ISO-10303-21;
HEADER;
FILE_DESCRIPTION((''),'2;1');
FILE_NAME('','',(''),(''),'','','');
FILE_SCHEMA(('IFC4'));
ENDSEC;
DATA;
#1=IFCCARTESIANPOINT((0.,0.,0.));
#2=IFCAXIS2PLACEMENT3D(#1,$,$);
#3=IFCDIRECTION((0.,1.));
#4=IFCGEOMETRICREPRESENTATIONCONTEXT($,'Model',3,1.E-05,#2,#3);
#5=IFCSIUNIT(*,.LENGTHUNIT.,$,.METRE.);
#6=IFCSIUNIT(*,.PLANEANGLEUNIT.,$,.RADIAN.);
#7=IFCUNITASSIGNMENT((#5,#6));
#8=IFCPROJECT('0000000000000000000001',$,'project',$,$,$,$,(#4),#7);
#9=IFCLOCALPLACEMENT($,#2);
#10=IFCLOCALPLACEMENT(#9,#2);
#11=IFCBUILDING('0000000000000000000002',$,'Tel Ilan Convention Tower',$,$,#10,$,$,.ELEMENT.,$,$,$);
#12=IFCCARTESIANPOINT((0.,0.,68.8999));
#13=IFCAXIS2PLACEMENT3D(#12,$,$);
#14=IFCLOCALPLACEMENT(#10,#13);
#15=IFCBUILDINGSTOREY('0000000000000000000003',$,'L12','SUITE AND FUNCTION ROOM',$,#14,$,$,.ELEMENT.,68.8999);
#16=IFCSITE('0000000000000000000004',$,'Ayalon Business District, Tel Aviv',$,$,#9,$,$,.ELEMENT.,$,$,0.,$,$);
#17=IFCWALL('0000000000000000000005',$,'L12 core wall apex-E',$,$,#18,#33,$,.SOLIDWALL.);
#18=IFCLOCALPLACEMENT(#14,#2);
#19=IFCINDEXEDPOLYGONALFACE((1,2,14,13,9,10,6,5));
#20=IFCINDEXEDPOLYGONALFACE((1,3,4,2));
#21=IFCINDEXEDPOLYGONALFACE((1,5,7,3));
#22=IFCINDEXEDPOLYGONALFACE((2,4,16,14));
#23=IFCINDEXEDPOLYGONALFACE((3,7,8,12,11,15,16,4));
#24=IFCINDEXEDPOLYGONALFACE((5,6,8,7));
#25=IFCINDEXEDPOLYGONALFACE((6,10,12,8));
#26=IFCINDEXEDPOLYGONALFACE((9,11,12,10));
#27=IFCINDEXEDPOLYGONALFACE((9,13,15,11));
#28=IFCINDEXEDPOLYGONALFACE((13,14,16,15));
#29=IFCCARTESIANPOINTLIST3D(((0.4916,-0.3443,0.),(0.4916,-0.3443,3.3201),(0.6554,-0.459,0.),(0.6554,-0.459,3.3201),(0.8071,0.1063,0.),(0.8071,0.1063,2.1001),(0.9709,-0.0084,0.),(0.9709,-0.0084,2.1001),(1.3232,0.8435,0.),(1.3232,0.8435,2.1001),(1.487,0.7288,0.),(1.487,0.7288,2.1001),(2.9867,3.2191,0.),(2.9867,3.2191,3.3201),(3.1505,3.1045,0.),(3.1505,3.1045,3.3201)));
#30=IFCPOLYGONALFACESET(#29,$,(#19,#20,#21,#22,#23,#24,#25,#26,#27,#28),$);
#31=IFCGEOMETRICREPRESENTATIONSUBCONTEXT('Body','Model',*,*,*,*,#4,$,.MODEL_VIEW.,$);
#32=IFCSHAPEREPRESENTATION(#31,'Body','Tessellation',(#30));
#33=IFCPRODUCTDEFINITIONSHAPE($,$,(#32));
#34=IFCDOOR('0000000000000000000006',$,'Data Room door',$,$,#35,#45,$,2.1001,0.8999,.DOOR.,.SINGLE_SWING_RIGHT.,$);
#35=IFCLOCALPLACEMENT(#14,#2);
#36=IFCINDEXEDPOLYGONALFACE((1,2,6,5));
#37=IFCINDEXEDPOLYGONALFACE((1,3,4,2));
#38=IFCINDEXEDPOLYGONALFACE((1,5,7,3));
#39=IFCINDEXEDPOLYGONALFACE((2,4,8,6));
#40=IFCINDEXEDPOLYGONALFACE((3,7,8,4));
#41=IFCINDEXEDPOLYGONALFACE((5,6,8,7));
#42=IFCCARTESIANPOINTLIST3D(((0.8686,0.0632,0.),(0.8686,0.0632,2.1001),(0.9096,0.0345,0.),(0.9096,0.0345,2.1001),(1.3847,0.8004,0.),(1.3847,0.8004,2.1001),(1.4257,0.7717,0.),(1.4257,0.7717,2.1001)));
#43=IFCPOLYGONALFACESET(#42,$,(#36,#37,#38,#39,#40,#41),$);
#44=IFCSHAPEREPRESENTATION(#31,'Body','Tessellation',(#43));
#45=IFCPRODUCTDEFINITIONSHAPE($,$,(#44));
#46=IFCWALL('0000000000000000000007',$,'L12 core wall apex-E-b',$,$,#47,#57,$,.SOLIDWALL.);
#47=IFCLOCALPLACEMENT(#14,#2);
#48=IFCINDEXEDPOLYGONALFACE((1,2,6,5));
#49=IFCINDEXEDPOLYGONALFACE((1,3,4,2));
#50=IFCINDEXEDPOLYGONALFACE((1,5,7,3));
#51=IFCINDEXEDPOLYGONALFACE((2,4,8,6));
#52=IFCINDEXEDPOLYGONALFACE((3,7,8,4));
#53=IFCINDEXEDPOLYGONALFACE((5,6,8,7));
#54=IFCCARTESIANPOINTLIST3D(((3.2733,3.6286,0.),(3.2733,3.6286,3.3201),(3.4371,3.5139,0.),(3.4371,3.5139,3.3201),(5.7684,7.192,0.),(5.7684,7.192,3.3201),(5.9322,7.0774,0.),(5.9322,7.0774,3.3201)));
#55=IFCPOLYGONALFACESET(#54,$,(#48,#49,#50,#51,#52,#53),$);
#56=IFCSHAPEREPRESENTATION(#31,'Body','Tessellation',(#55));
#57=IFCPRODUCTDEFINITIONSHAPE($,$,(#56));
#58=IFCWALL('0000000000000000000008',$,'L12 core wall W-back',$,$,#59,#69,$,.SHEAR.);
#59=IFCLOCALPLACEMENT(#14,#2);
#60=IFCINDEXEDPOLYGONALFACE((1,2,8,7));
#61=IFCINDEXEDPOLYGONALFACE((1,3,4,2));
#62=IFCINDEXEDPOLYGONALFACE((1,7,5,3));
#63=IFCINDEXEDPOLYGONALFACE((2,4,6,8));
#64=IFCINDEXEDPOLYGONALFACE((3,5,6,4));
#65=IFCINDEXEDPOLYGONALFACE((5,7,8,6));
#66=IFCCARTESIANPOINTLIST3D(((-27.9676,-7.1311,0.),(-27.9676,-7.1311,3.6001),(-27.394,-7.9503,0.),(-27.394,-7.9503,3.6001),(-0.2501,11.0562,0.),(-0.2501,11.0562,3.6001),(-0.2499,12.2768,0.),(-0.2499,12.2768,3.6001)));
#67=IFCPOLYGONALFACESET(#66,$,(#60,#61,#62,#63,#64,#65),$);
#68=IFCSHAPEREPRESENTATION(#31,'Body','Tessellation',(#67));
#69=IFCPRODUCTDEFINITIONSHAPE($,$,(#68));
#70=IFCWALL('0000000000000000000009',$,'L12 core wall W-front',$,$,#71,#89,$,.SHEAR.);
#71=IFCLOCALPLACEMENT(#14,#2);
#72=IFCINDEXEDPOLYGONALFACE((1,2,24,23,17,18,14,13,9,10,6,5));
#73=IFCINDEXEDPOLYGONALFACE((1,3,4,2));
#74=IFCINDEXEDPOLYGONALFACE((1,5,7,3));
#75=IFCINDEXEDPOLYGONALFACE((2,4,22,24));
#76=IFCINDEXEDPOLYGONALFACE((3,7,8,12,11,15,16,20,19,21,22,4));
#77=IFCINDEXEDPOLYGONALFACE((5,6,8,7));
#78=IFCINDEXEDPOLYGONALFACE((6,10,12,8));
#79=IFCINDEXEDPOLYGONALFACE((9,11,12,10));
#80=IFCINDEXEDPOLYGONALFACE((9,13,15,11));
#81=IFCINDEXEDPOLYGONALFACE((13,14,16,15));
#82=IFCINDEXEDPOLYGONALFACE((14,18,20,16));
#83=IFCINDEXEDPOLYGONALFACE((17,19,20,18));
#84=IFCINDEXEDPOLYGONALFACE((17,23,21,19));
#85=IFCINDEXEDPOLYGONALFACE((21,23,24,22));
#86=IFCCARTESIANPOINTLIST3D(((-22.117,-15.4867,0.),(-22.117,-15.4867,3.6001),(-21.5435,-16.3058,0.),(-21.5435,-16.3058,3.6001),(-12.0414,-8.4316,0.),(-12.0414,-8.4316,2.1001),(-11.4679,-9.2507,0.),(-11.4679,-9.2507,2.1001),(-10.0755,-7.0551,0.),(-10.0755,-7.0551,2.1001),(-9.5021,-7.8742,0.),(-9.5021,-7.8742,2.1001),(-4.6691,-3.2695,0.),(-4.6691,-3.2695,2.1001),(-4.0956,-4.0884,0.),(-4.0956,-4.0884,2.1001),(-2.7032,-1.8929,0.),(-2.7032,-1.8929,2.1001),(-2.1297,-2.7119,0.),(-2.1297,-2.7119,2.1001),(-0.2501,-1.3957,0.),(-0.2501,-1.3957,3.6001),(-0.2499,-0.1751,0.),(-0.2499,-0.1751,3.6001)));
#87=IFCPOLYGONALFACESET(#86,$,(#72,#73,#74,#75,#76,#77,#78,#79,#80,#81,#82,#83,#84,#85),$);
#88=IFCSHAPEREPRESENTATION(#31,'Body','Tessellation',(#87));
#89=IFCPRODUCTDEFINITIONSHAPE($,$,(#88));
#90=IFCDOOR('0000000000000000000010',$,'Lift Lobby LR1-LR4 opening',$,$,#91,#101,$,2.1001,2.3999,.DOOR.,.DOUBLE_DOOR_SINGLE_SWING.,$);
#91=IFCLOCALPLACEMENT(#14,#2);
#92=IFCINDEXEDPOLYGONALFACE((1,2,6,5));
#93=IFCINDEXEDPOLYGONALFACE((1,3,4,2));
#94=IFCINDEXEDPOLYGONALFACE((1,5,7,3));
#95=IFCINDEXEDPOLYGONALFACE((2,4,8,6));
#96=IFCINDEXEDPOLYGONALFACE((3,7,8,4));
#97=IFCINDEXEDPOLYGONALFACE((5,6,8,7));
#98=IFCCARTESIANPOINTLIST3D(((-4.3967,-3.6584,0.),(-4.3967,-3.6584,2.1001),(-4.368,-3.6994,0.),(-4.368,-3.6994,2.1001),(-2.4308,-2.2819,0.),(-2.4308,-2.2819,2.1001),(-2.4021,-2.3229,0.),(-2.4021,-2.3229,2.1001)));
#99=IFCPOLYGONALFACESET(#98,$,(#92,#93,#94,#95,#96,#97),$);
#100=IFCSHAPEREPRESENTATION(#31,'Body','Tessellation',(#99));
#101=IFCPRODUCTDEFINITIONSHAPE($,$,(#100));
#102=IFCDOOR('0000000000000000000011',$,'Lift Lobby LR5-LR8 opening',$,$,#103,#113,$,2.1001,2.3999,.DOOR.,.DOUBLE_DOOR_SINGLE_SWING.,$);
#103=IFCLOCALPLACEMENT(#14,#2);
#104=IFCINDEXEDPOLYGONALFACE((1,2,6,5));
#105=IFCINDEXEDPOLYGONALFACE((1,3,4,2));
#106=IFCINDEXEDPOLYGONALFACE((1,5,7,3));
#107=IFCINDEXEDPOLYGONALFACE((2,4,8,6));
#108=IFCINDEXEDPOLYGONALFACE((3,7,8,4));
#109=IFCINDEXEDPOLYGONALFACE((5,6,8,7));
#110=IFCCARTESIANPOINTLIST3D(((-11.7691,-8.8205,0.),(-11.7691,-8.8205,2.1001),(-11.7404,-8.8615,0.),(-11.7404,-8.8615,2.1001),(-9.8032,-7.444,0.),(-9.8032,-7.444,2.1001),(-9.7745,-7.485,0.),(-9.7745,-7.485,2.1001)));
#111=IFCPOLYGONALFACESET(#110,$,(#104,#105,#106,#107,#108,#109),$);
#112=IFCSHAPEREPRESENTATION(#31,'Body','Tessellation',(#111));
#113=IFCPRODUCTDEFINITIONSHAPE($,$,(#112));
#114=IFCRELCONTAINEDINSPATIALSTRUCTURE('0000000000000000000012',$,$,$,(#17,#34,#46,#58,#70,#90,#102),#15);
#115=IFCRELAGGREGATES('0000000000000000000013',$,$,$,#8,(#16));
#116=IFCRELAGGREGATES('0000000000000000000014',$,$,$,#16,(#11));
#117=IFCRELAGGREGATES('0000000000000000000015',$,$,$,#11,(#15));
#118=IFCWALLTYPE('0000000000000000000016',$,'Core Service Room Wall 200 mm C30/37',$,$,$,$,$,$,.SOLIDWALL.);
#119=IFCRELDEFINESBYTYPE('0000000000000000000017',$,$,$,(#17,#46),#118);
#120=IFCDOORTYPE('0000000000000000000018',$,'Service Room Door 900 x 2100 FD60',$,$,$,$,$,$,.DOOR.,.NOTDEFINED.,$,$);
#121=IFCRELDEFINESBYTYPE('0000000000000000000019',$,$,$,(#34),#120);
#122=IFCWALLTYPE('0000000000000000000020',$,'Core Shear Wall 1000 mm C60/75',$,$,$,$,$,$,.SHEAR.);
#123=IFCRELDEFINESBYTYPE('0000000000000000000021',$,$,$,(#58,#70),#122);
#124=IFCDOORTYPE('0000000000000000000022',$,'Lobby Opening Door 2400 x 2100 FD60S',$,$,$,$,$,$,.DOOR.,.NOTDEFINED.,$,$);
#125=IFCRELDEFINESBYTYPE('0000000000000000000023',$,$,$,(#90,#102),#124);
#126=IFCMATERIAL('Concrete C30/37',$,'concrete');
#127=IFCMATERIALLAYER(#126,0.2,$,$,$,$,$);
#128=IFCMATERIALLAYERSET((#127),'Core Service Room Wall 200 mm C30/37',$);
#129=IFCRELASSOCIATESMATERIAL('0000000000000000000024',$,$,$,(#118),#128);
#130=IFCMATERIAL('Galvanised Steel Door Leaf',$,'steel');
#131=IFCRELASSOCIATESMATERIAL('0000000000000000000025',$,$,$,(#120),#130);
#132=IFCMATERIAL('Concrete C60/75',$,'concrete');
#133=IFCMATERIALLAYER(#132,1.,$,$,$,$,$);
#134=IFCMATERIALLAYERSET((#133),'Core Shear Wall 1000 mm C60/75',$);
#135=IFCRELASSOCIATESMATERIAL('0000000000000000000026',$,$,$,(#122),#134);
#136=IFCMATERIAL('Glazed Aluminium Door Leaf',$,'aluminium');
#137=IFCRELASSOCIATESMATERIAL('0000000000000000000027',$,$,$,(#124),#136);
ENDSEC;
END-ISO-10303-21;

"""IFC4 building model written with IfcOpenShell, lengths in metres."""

from ifc_helpers import new_model, si_unit, direction, frame, frame_2d, origin, place, context, subcontext, project, spatial, polyline, rectangle, outline, extrude, material, layer, layer_set, type_object, element, fill, save


model = new_model("IFC4")

# Units and contexts
model_context = context("Model", 3, precision=1e-05, world=origin(), true_north=direction((0.0, 1.0)))
body_context = subcontext(model_context, "Body", "Model", "MODEL_VIEW")
ifc_project = project(units=[si_unit("LENGTHUNIT", "METRE"), si_unit("PLANEANGLEUNIT", "RADIAN")], contexts=[model_context])

# Site, building, storey
site_placement = place(None, origin())
site = spatial("IfcSite", under=ifc_project, at=site_placement, Name="Ayalon Business District, Tel Aviv", CompositionType="ELEMENT", RefElevation=0.0)
building_placement = place(site_placement, origin())
building = spatial("IfcBuilding", under=site, at=building_placement, Name="Tel Ilan Convention Tower", CompositionType="ELEMENT")
storey_placement = place(building_placement, frame((0.0, 0.0, 68.8999)))
storey = spatial("IfcBuildingStorey", under=building, at=storey_placement, Name="L12", Description="SUITE AND FUNCTION ROOM", CompositionType="ELEMENT", Elevation=68.8999)

# Wall, opening, door
ifc_material_1 = material(Name="Concrete C30/37", Category="concrete")
ifc_layer_1 = layer(ifc_material_1, 0.2)
ifc_layer_set_1 = layer_set([ifc_layer_1], Name="Core Service Room Wall 200 mm C30/37")
wall_type_1 = type_object("IfcWallType", Name="Core Service Room Wall 200 mm C30/37", PredefinedType="SOLIDWALL", material=ifc_layer_set_1)
wall_1_placement = place(storey_placement, frame((0.5735, -0.4016, 0.0), z_axis=(0.0, 0.0, 1.0), x_axis=(0.573568, 0.819158, 0.0)))
wall_1 = element("IfcWall", 1, at=wall_1_placement, inside=storey, type_object=wall_type_1, Name="L12 core wall apex-E", PredefinedType="SOLIDWALL", context=body_context, shape_type="SweptSolid", body=[
    extrude(rectangle(XDim=4.3501, YDim=0.2, at=frame_2d((2.175, 0.0))), origin(), (0.0, 0.0, 1.0), 3.3201),
])
opening_1_placement = place(wall_1_placement, frame((0.55, 0.0, 0.0)))
opening_1 = element("IfcOpeningElement", 2, at=opening_1_placement, cuts=wall_1, PredefinedType="OPENING", context=body_context, shape_type="SweptSolid", body=[
    extrude(rectangle(XDim=0.8999, YDim=2.1001, at=frame_2d((0.45, 1.05))), frame((0.0, 0.1099, 0.0), z_axis=(0.0, -1.0, 0.0), x_axis=(1.0, 0.0, 0.0)), (0.0, 0.0, 1.0), 0.22),
])
ifc_material_2 = material(Name="Galvanised Steel Door Leaf", Category="steel")
door_type_1 = type_object("IfcDoorType", Name="Service Room Door 900 x 2100 FD60", OperationType="NOTDEFINED", PredefinedType="DOOR", material=ifc_material_2)
door_1_placement = place(opening_1_placement, origin())
door_1 = element("IfcDoor", 3, at=door_1_placement, inside=storey, type_object=door_type_1, Name="Data Room door", OperationType="SINGLE_SWING_RIGHT", OverallHeight=2.1001, OverallWidth=0.8999, PredefinedType="DOOR", context=body_context, shape_type="SweptSolid", body=[
    extrude(rectangle(XDim=0.8999, YDim=2.1001, at=frame_2d((0.45, 1.05))), frame((0.0, 0.0249, 0.0), z_axis=(0.0, -1.0, 0.0), x_axis=(1.0, 0.0, 0.0)), (0.0, 0.0, 1.0), 0.05),
])
fill(opening_1, door_1)

# Walls
wall_2_placement = place(storey_placement, frame((3.3552, 3.5713, 0.0), z_axis=(0.0, 0.0, 1.0), x_axis=(0.573568, 0.819158, 0.0)))
element("IfcWall", 4, at=wall_2_placement, inside=storey, type_object=wall_type_1, Name="L12 core wall apex-E-b", PredefinedType="SOLIDWALL", context=body_context, shape_type="SweptSolid", body=[
    extrude(rectangle(XDim=4.3501, YDim=0.2, at=frame_2d((2.175, 0.0))), origin(), (0.0, 0.0, 1.0), 3.3201),
])
ifc_material_3 = material(Name="Concrete C60/75", Category="concrete")
ifc_layer_2 = layer(ifc_material_3, 1.0)
ifc_layer_set_2 = layer_set([ifc_layer_2], Name="Core Shear Wall 1000 mm C60/75")
wall_type_2 = type_object("IfcWallType", Name="Core Shear Wall 1000 mm C60/75", PredefinedType="SHEAR", material=ifc_layer_set_2)
wall_3_placement = place(storey_placement, frame((0.0369, 11.8672, 0.0), z_axis=(0.0, 0.0, 1.0), x_axis=(-0.819155, -0.573572, 0.0)))
element("IfcWall", 5, at=wall_3_placement, inside=storey, type_object=wall_type_2, Name="L12 core wall W-back", PredefinedType="SHEAR", context=body_context, shape_type="SweptSolid", body=[
    extrude(outline(polyline([(33.8369, 0.5), (0.7002, 0.4998), (0.0, -0.5), (33.8369, -0.5), (33.8369, 0.5)])), origin(), (0.0, 0.0, 1.0), 3.6001),
])

# Wall, openings, doors
wall_4_placement = place(storey_placement, frame((0.0369, -0.5847, 0.0), z_axis=(0.0, 0.0, 1.0), x_axis=(-0.819157, -0.573569, 0.0)))
wall_4 = element("IfcWall", 6, at=wall_4_placement, inside=storey, type_object=wall_type_2, Name="L12 core wall W-front", PredefinedType="SHEAR", context=body_context, shape_type="SweptSolid", body=[
    extrude(outline(polyline([(26.6948, 0.5002), (0.7002, 0.4998), (0.0, -0.5), (26.6948, -0.4998), (26.6948, 0.5002)])), origin(), (0.0, 0.0, 1.0), 3.6001),
])
opening_2_placement = place(wall_4_placement, frame((2.9949, 0.0, 0.0)))
opening_2 = element("IfcOpeningElement", 7, at=opening_2_placement, cuts=wall_4, PredefinedType="OPENING", context=body_context, shape_type="SweptSolid", body=[
    extrude(rectangle(XDim=2.3999, YDim=2.1001, at=frame_2d((1.2, 1.05))), frame((0.0, 0.51, 0.0), z_axis=(0.0, -1.0, 0.0), x_axis=(1.0, 0.0, 0.0)), (0.0, 0.0, 1.0), 1.02),
])
opening_3_placement = place(wall_4_placement, frame((11.9949, 0.0, 0.0)))
opening_3 = element("IfcOpeningElement", 8, at=opening_3_placement, cuts=wall_4, PredefinedType="OPENING", context=body_context, shape_type="SweptSolid", body=[
    extrude(rectangle(XDim=2.3999, YDim=2.1001, at=frame_2d((1.2, 1.05))), frame((0.0, 0.51, 0.0), z_axis=(0.0, -1.0, 0.0), x_axis=(1.0, 0.0, 0.0)), (0.0, 0.0, 1.0), 1.02),
])
ifc_material_4 = material(Name="Glazed Aluminium Door Leaf", Category="aluminium")
door_type_2 = type_object("IfcDoorType", Name="Lobby Opening Door 2400 x 2100 FD60S", OperationType="NOTDEFINED", PredefinedType="DOOR", material=ifc_material_4)
door_2_placement = place(opening_2_placement, origin())
door_2 = element("IfcDoor", 9, at=door_2_placement, inside=storey, type_object=door_type_2, Name="Lift Lobby LR1-LR4 opening", OperationType="DOUBLE_DOOR_SINGLE_SWING", OverallHeight=2.1001, OverallWidth=2.3999, PredefinedType="DOOR", context=body_context, shape_type="SweptSolid", body=[
    extrude(rectangle(XDim=2.3999, YDim=2.1001, at=frame_2d((1.2, 1.05))), frame((0.0, 0.0249, 0.0), z_axis=(0.0, -1.0, 0.0), x_axis=(1.0, 0.0, 0.0)), (0.0, 0.0, 1.0), 0.05),
])
fill(opening_2, door_2)
door_3_placement = place(opening_3_placement, origin())
door_3 = element("IfcDoor", 10, at=door_3_placement, inside=storey, type_object=door_type_2, Name="Lift Lobby LR5-LR8 opening", OperationType="DOUBLE_DOOR_SINGLE_SWING", OverallHeight=2.1001, OverallWidth=2.3999, PredefinedType="DOOR", context=body_context, shape_type="SweptSolid", body=[
    extrude(rectangle(XDim=2.3999, YDim=2.1001, at=frame_2d((1.2, 1.05))), frame((0.0, 0.0249, 0.0), z_axis=(0.0, -1.0, 0.0), x_axis=(1.0, 0.0, 0.0)), (0.0, 0.0, 1.0), 0.05),
])
fill(opening_3, door_3)

save(model, "model.ifc")
